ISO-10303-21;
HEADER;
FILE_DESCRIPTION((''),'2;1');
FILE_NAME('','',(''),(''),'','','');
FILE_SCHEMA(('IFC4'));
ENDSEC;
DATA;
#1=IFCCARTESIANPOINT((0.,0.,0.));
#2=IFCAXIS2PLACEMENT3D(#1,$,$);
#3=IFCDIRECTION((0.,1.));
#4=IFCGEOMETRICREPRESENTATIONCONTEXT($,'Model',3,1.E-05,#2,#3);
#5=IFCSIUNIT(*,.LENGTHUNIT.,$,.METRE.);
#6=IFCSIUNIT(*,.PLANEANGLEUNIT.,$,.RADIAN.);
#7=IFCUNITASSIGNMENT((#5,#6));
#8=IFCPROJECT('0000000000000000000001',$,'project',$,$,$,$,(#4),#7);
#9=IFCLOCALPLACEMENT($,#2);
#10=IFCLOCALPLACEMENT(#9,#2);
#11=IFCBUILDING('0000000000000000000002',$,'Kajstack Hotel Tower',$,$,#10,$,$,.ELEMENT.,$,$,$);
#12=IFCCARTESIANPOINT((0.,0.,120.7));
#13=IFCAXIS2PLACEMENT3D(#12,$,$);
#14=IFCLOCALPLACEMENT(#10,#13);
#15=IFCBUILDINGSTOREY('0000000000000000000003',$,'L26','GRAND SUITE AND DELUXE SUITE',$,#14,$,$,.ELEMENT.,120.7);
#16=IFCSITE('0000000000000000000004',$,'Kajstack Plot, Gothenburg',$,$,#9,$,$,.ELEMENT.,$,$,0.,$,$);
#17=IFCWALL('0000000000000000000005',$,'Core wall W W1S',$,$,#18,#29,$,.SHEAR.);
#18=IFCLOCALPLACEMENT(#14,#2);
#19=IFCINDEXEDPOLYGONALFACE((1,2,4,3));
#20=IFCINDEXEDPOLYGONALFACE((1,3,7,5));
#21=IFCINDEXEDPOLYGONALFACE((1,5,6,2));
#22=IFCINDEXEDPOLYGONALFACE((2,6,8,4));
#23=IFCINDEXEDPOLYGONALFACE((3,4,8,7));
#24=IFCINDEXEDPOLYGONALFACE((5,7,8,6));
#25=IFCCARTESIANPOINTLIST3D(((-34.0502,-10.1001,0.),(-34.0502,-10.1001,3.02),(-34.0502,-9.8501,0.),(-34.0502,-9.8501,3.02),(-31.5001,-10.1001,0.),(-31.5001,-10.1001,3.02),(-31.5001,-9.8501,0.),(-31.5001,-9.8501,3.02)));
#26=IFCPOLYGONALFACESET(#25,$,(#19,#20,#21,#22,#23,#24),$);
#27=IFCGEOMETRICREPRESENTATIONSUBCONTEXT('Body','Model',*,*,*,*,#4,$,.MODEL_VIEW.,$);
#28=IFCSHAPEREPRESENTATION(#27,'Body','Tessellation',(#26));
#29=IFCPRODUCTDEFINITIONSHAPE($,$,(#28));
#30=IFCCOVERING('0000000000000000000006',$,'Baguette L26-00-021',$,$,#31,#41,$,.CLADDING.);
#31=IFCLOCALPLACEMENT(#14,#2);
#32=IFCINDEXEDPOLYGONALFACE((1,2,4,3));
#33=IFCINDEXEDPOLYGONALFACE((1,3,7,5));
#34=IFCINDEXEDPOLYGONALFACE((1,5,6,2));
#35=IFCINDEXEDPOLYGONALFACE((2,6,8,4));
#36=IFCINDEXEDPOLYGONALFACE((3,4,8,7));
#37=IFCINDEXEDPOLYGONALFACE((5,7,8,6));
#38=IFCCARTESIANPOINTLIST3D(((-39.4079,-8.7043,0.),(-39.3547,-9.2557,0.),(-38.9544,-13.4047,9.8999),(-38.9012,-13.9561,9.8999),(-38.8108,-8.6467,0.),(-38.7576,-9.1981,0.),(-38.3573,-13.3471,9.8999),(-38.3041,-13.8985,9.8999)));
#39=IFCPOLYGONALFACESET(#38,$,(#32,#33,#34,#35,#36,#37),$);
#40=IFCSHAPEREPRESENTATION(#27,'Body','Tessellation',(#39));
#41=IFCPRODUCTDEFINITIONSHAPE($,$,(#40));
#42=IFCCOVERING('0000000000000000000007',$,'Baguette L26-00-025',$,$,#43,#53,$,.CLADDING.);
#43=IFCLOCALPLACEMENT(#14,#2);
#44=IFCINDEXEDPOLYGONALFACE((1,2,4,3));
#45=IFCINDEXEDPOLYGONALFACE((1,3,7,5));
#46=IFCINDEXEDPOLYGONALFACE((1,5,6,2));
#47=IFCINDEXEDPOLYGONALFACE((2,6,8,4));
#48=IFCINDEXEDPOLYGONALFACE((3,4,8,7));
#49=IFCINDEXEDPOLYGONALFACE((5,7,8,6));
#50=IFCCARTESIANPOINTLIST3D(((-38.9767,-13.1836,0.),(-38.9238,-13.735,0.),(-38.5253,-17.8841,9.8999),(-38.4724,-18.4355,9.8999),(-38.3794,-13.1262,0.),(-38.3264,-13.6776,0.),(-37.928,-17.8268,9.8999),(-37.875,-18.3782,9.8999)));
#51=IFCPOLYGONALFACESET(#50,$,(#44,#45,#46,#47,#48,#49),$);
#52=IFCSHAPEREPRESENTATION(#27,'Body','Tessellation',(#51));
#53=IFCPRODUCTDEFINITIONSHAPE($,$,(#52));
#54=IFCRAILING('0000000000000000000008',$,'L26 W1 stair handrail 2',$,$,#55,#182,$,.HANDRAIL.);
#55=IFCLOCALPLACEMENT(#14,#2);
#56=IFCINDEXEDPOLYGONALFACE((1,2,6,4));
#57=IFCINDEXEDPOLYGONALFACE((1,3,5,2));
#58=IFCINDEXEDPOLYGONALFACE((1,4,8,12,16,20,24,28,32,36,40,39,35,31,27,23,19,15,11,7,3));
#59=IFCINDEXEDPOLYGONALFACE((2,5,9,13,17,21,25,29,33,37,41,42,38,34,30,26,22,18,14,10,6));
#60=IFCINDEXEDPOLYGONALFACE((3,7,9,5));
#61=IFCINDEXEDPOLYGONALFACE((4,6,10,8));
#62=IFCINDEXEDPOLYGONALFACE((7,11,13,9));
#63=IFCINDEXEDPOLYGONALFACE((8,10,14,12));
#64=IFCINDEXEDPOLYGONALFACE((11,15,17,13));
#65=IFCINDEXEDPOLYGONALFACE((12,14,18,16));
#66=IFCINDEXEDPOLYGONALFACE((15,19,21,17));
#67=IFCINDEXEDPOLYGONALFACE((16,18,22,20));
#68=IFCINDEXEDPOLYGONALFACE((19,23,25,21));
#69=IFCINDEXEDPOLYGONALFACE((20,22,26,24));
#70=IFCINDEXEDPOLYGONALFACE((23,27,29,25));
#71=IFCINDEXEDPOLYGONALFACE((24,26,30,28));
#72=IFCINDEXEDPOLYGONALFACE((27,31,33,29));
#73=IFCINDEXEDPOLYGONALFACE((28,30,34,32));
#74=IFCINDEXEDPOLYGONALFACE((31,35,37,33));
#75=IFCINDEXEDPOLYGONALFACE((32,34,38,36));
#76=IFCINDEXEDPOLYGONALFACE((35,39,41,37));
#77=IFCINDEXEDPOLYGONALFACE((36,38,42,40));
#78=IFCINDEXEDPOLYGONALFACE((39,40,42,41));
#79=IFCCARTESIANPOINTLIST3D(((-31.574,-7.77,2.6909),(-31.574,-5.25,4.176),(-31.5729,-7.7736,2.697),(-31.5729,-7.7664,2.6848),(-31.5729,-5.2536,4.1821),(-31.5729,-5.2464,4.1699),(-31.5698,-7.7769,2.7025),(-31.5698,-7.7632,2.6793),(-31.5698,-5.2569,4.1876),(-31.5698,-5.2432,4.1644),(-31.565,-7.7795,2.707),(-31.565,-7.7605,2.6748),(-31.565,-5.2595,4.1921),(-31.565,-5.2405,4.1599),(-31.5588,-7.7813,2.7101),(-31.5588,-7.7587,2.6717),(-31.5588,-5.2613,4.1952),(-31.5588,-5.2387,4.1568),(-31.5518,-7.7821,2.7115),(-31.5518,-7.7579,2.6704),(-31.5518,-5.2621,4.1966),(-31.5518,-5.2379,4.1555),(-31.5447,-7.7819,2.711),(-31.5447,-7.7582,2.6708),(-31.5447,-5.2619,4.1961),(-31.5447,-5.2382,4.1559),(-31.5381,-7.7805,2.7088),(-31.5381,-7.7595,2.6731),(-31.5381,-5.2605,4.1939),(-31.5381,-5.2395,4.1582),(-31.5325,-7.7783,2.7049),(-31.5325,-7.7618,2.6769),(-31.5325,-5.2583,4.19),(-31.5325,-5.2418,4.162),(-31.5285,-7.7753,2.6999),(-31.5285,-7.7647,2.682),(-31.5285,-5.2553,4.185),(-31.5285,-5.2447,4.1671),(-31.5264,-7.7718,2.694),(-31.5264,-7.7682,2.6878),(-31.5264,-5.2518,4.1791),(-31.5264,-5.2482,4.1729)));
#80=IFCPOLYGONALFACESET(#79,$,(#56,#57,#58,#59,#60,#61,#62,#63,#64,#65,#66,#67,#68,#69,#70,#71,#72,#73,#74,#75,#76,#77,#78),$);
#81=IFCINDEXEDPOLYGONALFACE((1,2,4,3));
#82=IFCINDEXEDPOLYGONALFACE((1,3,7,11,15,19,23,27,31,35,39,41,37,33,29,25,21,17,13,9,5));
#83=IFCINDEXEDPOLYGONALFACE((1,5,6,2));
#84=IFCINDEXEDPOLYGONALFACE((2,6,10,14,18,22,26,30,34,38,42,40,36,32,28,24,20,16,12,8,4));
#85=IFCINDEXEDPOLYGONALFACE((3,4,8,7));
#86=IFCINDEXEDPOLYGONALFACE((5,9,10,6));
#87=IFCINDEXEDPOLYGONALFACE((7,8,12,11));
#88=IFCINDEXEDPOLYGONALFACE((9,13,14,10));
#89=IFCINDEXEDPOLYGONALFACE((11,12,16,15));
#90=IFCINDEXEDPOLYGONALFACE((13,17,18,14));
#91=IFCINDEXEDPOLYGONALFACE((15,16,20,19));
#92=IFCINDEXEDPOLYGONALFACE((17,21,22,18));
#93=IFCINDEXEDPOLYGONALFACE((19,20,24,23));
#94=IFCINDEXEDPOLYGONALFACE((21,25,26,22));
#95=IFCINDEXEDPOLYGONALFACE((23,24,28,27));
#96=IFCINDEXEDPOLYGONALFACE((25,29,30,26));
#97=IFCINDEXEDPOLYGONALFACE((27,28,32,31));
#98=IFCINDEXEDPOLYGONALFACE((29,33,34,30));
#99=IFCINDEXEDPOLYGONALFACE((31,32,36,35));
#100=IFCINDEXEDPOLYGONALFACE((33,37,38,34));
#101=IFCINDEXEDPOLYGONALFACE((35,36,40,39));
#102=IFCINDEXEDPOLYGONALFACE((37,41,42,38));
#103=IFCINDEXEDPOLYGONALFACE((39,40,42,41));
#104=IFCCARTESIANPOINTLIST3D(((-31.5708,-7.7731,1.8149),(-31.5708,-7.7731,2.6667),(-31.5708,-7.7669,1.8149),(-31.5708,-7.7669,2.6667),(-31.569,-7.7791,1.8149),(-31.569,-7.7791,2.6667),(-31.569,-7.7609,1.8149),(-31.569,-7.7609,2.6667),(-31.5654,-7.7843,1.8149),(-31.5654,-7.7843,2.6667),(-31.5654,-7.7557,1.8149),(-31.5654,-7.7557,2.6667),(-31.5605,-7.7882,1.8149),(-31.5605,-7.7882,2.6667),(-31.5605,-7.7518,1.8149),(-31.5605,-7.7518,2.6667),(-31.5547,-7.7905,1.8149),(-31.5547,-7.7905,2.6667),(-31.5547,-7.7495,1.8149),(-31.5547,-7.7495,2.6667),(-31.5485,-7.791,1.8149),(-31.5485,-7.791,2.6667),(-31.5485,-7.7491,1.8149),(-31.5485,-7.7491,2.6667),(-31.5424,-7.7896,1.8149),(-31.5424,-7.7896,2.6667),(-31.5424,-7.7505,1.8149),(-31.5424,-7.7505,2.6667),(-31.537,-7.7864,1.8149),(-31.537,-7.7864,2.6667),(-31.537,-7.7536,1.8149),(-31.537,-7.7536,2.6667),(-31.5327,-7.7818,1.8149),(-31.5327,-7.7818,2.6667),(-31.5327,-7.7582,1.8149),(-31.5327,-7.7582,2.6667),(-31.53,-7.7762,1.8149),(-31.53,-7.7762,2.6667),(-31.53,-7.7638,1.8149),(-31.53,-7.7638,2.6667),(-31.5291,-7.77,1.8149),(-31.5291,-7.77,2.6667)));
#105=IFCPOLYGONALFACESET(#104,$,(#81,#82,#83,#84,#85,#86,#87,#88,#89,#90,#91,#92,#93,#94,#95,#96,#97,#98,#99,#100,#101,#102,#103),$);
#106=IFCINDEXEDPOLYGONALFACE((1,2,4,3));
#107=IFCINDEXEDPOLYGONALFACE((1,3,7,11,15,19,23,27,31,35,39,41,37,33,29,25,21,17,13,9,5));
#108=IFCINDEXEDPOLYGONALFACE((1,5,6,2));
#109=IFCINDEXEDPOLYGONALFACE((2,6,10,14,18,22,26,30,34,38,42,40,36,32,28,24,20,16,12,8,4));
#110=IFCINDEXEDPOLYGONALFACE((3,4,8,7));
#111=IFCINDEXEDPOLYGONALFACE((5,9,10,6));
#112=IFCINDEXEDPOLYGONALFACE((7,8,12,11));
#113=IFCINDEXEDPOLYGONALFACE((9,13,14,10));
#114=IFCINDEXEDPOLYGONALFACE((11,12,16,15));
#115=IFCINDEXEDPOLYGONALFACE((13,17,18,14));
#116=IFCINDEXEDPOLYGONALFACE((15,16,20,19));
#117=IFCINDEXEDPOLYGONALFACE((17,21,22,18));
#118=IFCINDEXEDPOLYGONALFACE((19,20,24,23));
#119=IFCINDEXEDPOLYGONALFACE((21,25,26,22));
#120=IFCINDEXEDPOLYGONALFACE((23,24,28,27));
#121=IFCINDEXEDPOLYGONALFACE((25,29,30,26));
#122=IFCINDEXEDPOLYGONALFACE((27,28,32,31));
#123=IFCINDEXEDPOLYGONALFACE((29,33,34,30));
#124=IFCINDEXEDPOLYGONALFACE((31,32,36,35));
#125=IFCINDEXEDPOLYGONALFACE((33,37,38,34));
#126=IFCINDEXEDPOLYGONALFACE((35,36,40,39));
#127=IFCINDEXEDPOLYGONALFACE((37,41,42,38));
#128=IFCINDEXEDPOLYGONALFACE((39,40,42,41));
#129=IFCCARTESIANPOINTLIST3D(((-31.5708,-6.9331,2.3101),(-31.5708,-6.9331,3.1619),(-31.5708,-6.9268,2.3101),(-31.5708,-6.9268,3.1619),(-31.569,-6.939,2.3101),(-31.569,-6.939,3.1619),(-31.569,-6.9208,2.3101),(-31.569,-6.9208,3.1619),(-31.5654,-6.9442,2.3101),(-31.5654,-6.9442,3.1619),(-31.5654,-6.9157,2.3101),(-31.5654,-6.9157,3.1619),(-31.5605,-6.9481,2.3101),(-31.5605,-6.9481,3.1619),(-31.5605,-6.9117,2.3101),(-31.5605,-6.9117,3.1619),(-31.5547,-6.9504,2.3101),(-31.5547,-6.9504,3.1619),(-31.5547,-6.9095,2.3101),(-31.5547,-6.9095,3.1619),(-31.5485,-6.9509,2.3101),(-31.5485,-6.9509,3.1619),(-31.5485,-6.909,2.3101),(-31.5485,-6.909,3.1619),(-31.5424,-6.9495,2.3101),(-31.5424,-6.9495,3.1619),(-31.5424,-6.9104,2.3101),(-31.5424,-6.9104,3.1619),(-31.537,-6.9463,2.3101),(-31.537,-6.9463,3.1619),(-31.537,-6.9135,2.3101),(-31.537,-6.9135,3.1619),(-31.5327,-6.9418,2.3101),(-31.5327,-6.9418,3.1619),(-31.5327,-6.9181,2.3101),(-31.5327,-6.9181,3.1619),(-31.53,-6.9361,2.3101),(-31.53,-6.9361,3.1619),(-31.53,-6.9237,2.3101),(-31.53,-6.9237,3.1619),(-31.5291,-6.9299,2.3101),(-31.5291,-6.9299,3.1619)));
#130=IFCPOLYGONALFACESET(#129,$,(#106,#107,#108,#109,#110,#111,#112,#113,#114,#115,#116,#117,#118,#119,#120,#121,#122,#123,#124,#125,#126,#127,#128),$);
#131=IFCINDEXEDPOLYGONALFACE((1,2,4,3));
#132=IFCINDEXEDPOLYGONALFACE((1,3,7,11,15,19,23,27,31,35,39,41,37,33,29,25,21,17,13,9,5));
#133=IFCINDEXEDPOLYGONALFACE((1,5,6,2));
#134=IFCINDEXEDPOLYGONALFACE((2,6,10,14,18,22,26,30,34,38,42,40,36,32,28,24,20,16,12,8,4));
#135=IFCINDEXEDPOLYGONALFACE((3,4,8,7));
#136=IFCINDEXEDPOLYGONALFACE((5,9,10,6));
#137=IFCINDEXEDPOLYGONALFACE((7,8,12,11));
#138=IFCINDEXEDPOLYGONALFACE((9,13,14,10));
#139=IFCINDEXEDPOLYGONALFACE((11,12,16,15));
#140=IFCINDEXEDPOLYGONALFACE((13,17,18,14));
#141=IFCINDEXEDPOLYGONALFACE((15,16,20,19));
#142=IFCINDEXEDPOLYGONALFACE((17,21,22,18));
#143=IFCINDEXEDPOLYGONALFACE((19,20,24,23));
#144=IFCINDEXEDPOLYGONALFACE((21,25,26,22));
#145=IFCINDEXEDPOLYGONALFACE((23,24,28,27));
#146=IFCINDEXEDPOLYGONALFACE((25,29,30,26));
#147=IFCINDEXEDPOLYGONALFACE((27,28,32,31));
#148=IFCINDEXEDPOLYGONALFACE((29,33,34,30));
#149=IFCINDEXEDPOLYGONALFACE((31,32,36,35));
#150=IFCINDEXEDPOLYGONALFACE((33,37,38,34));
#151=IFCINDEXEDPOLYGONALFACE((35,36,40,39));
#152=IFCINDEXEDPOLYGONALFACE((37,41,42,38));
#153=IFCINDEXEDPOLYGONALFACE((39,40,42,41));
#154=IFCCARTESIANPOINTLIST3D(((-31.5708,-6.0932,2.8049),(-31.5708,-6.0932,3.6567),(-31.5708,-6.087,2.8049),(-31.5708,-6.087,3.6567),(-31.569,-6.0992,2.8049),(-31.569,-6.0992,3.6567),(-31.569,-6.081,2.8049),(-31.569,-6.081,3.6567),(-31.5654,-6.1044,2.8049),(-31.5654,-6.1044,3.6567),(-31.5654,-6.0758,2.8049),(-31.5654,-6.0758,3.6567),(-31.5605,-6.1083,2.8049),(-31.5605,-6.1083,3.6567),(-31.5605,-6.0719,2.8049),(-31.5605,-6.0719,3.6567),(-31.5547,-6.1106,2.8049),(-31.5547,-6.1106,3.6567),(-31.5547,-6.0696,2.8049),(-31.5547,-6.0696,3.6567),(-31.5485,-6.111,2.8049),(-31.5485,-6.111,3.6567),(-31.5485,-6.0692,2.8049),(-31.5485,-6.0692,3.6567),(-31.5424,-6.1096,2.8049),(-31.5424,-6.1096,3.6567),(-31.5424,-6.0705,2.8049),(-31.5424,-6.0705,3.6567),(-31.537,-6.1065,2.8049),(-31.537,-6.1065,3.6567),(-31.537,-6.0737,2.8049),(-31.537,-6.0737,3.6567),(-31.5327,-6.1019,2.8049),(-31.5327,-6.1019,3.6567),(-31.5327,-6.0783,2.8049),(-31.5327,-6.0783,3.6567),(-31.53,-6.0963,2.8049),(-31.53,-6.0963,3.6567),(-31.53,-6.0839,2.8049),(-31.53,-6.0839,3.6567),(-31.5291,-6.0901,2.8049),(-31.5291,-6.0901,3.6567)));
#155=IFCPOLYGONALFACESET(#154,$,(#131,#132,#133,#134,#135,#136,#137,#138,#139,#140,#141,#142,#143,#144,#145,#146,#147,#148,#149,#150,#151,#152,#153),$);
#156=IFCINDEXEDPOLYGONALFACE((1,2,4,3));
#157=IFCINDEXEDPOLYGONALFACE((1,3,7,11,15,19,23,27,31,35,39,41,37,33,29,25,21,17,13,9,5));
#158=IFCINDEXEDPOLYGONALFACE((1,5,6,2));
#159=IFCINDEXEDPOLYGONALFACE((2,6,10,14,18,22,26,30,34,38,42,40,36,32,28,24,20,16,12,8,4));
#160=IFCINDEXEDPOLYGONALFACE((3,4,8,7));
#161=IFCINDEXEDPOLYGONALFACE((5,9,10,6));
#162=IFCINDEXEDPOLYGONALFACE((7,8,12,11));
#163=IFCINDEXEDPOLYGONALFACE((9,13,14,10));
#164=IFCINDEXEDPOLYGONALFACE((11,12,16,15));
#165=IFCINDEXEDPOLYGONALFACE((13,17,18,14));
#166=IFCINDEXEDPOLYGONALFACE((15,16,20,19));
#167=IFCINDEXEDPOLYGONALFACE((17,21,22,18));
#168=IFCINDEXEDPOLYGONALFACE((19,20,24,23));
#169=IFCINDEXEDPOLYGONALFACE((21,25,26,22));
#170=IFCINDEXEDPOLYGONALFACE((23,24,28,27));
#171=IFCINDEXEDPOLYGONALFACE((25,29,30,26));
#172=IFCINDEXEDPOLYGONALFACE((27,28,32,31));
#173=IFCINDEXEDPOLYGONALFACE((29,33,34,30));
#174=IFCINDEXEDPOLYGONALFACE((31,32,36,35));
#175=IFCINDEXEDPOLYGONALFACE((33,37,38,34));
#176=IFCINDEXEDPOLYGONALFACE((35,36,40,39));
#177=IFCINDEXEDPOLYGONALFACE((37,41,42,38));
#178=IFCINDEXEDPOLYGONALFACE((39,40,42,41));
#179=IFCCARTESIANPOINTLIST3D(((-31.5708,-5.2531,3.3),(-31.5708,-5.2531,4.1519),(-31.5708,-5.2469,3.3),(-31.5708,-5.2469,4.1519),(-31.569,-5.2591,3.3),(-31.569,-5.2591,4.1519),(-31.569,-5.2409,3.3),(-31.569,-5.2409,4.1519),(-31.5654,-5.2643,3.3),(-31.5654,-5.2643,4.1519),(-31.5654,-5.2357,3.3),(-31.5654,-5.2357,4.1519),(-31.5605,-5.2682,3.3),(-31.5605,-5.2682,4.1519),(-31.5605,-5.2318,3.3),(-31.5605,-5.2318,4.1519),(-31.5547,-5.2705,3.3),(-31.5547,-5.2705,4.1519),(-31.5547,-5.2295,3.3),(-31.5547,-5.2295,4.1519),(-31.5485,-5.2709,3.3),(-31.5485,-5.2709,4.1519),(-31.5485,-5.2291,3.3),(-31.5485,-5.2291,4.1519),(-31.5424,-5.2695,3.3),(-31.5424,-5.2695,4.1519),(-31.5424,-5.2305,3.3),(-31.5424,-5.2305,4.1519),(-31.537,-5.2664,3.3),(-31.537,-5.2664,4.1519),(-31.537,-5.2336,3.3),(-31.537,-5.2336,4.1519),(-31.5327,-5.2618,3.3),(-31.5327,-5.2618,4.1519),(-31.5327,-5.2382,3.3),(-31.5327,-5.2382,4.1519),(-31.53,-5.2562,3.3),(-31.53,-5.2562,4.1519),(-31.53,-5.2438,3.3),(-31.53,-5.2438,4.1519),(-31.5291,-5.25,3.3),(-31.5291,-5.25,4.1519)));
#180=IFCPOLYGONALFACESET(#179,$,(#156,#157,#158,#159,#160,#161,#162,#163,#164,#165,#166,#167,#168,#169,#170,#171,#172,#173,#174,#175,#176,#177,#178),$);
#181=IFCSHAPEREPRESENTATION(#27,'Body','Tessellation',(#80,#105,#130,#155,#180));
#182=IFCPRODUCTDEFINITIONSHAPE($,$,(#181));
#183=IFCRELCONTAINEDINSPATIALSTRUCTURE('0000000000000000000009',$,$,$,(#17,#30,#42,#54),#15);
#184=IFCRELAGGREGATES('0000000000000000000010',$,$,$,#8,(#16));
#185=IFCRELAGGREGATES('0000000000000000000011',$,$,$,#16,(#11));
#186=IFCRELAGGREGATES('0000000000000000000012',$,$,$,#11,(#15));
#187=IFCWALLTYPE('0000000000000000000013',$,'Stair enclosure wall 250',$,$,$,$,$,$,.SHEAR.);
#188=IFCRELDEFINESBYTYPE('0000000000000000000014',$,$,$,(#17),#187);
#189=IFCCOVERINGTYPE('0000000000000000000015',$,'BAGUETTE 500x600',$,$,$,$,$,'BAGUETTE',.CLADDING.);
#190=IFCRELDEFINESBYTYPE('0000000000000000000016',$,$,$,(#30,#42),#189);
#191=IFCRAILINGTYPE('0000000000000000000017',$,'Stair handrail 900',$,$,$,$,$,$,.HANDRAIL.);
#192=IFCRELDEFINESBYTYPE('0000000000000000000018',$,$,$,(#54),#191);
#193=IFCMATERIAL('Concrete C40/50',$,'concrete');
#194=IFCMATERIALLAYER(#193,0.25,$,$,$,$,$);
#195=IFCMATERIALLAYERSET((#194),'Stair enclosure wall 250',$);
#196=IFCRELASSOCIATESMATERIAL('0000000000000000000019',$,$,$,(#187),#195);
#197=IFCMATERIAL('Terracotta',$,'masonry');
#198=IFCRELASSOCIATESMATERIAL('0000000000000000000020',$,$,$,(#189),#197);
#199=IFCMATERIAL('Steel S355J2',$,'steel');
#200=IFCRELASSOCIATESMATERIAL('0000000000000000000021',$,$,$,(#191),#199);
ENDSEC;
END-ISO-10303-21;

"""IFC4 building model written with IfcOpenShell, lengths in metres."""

from ifc_helpers import new_model, si_unit, direction, frame, frame_2d, origin, origin_2d, place, context, subcontext, project, spatial, polyline, rectangle, circle, outline, extrude, material, layer, layer_set, material_profile, profile_set, type_object, element, save


model = new_model("IFC4")

# Units and contexts
model_context = context("Model", 3, precision=1e-05, world=origin(), true_north=direction((0.0, 1.0)))
body_context = subcontext(model_context, "Body", "Model", "MODEL_VIEW")
ifc_project = project(units=[si_unit("LENGTHUNIT", "METRE"), si_unit("PLANEANGLEUNIT", "RADIAN")], contexts=[model_context])

# Site, building, storey
site_placement = place(None, origin())
site = spatial("IfcSite", under=ifc_project, at=site_placement, Name="Kajstack Plot, Gothenburg", CompositionType="ELEMENT", RefElevation=0.0)
building_placement = place(site_placement, origin())
building = spatial("IfcBuilding", under=site, at=building_placement, Name="Kajstack Hotel Tower", CompositionType="ELEMENT")
storey_placement = place(building_placement, frame((0.0, 0.0, 120.7)))
storey = spatial("IfcBuildingStorey", under=building, at=storey_placement, Name="L26", Description="GRAND SUITE AND DELUXE SUITE", CompositionType="ELEMENT", Elevation=120.7)

# Wall
ifc_material_1 = material(Name="Concrete C40/50", Category="concrete")
ifc_layer_1 = layer(ifc_material_1, 0.25)
ifc_layer_set_1 = layer_set([ifc_layer_1], Name="Stair enclosure wall 250")
wall_type_1 = type_object("IfcWallType", Name="Stair enclosure wall 250", PredefinedType="SHEAR", material=ifc_layer_set_1)
wall_1_placement = place(storey_placement, frame((-34.05, -9.9751, 0.0), z_axis=(0.0, 0.0, 1.0), x_axis=(1.0, 0.0, 0.0)))
element("IfcWall", 1, at=wall_1_placement, inside=storey, type_object=wall_type_1, Name="Core wall W W1S", PredefinedType="SHEAR", context=body_context, shape_type="SweptSolid", body=[
    extrude(rectangle(XDim=2.55, YDim=0.25, at=frame_2d((1.2749, 0.0))), origin(), (0.0, 0.0, 1.0), 3.02),
])

# Coverings
ifc_material_2 = material(Name="Terracotta", Category="masonry")
ifc_material_profile = material_profile(ifc_material_2, rectangle(XDim=0.6001, YDim=0.5, at=origin_2d()), Name="Terracotta-clad concrete baguette 500 x 600")
ifc_profile_set = profile_set([ifc_material_profile], Name="Terracotta")
covering_type = type_object("IfcCoveringType", Name="BAGUETTE 500x600", ElementType="BAGUETTE", PredefinedType="CLADDING", material=ifc_profile_set)
covering_1_placement = place(storey_placement, frame((-38.8108, -8.6467, 0.0), z_axis=(-0.995378, -0.096038, 0.0), x_axis=(0.096038, -0.995378, 0.0)))
element("IfcCovering", 2, at=covering_1_placement, inside=storey, type_object=covering_type, Name="Baguette L26-00-021", PredefinedType="CLADDING", context=body_context, shape_type="SweptSolid", body=[
    extrude(outline(polyline([(4.7222, 9.8999), (0.0, 0.0), (0.554, 0.0), (5.2761, 9.8999), (4.7222, 9.8999)])), origin(), (0.0, 0.0, 1.0), 0.5999),
])
covering_2_placement = place(storey_placement, frame((-38.3794, -13.1262, 0.0), z_axis=(-0.99542, -0.095596, 0.0), x_axis=(0.095596, -0.99542, 0.0)))
element("IfcCovering", 3, at=covering_2_placement, inside=storey, type_object=covering_type, Name="Baguette L26-00-025", PredefinedType="CLADDING", context=body_context, shape_type="SweptSolid", body=[
    extrude(outline(polyline([(4.7222, 9.8999), (0.0, 0.0), (0.554, 0.0), (5.2761, 9.8999), (4.7222, 9.8999)])), origin(), (0.0, 0.0, 1.0), 0.6001),
])

# Railing
ifc_material_3 = material(Name="Steel S355J2", Category="steel")
railing_type_1 = type_object("IfcRailingType", Name="Stair handrail 900", PredefinedType="HANDRAIL", material=ifc_material_3)
railing_1_placement = place(storey_placement, frame((-31.55, -7.77, 1.8149)))
element("IfcRailing", 4, at=railing_1_placement, inside=storey, type_object=railing_type_1, Name="L26 W1 stair handrail 2", PredefinedType="HANDRAIL", context=body_context, shape_type="SweptSolid", body=[
    extrude(circle(Radius=0.0239, at=origin_2d()), frame((0.0, 0.0, 0.876), z_axis=(0.0, 0.861524, 0.507717), x_axis=(-1.0, 0.0, 0.0)), (0.0, 0.0, 1.0), 2.925),
    extrude(circle(Radius=0.021, at=origin_2d()), origin(), (0.0, 0.0, 1.0), 0.8518),
    extrude(circle(Radius=0.021, at=origin_2d()), frame((0.0, 0.8401, 0.4951)), (0.0, 0.0, 1.0), 0.8518),
    extrude(circle(Radius=0.021, at=origin_2d()), frame((0.0, 1.6799, 0.99)), (0.0, 0.0, 1.0), 0.8518),
    extrude(circle(Radius=0.021, at=origin_2d()), frame((0.0, 2.52, 1.4851)), (0.0, 0.0, 1.0), 0.8518),
])

save(model, "model.ifc")
